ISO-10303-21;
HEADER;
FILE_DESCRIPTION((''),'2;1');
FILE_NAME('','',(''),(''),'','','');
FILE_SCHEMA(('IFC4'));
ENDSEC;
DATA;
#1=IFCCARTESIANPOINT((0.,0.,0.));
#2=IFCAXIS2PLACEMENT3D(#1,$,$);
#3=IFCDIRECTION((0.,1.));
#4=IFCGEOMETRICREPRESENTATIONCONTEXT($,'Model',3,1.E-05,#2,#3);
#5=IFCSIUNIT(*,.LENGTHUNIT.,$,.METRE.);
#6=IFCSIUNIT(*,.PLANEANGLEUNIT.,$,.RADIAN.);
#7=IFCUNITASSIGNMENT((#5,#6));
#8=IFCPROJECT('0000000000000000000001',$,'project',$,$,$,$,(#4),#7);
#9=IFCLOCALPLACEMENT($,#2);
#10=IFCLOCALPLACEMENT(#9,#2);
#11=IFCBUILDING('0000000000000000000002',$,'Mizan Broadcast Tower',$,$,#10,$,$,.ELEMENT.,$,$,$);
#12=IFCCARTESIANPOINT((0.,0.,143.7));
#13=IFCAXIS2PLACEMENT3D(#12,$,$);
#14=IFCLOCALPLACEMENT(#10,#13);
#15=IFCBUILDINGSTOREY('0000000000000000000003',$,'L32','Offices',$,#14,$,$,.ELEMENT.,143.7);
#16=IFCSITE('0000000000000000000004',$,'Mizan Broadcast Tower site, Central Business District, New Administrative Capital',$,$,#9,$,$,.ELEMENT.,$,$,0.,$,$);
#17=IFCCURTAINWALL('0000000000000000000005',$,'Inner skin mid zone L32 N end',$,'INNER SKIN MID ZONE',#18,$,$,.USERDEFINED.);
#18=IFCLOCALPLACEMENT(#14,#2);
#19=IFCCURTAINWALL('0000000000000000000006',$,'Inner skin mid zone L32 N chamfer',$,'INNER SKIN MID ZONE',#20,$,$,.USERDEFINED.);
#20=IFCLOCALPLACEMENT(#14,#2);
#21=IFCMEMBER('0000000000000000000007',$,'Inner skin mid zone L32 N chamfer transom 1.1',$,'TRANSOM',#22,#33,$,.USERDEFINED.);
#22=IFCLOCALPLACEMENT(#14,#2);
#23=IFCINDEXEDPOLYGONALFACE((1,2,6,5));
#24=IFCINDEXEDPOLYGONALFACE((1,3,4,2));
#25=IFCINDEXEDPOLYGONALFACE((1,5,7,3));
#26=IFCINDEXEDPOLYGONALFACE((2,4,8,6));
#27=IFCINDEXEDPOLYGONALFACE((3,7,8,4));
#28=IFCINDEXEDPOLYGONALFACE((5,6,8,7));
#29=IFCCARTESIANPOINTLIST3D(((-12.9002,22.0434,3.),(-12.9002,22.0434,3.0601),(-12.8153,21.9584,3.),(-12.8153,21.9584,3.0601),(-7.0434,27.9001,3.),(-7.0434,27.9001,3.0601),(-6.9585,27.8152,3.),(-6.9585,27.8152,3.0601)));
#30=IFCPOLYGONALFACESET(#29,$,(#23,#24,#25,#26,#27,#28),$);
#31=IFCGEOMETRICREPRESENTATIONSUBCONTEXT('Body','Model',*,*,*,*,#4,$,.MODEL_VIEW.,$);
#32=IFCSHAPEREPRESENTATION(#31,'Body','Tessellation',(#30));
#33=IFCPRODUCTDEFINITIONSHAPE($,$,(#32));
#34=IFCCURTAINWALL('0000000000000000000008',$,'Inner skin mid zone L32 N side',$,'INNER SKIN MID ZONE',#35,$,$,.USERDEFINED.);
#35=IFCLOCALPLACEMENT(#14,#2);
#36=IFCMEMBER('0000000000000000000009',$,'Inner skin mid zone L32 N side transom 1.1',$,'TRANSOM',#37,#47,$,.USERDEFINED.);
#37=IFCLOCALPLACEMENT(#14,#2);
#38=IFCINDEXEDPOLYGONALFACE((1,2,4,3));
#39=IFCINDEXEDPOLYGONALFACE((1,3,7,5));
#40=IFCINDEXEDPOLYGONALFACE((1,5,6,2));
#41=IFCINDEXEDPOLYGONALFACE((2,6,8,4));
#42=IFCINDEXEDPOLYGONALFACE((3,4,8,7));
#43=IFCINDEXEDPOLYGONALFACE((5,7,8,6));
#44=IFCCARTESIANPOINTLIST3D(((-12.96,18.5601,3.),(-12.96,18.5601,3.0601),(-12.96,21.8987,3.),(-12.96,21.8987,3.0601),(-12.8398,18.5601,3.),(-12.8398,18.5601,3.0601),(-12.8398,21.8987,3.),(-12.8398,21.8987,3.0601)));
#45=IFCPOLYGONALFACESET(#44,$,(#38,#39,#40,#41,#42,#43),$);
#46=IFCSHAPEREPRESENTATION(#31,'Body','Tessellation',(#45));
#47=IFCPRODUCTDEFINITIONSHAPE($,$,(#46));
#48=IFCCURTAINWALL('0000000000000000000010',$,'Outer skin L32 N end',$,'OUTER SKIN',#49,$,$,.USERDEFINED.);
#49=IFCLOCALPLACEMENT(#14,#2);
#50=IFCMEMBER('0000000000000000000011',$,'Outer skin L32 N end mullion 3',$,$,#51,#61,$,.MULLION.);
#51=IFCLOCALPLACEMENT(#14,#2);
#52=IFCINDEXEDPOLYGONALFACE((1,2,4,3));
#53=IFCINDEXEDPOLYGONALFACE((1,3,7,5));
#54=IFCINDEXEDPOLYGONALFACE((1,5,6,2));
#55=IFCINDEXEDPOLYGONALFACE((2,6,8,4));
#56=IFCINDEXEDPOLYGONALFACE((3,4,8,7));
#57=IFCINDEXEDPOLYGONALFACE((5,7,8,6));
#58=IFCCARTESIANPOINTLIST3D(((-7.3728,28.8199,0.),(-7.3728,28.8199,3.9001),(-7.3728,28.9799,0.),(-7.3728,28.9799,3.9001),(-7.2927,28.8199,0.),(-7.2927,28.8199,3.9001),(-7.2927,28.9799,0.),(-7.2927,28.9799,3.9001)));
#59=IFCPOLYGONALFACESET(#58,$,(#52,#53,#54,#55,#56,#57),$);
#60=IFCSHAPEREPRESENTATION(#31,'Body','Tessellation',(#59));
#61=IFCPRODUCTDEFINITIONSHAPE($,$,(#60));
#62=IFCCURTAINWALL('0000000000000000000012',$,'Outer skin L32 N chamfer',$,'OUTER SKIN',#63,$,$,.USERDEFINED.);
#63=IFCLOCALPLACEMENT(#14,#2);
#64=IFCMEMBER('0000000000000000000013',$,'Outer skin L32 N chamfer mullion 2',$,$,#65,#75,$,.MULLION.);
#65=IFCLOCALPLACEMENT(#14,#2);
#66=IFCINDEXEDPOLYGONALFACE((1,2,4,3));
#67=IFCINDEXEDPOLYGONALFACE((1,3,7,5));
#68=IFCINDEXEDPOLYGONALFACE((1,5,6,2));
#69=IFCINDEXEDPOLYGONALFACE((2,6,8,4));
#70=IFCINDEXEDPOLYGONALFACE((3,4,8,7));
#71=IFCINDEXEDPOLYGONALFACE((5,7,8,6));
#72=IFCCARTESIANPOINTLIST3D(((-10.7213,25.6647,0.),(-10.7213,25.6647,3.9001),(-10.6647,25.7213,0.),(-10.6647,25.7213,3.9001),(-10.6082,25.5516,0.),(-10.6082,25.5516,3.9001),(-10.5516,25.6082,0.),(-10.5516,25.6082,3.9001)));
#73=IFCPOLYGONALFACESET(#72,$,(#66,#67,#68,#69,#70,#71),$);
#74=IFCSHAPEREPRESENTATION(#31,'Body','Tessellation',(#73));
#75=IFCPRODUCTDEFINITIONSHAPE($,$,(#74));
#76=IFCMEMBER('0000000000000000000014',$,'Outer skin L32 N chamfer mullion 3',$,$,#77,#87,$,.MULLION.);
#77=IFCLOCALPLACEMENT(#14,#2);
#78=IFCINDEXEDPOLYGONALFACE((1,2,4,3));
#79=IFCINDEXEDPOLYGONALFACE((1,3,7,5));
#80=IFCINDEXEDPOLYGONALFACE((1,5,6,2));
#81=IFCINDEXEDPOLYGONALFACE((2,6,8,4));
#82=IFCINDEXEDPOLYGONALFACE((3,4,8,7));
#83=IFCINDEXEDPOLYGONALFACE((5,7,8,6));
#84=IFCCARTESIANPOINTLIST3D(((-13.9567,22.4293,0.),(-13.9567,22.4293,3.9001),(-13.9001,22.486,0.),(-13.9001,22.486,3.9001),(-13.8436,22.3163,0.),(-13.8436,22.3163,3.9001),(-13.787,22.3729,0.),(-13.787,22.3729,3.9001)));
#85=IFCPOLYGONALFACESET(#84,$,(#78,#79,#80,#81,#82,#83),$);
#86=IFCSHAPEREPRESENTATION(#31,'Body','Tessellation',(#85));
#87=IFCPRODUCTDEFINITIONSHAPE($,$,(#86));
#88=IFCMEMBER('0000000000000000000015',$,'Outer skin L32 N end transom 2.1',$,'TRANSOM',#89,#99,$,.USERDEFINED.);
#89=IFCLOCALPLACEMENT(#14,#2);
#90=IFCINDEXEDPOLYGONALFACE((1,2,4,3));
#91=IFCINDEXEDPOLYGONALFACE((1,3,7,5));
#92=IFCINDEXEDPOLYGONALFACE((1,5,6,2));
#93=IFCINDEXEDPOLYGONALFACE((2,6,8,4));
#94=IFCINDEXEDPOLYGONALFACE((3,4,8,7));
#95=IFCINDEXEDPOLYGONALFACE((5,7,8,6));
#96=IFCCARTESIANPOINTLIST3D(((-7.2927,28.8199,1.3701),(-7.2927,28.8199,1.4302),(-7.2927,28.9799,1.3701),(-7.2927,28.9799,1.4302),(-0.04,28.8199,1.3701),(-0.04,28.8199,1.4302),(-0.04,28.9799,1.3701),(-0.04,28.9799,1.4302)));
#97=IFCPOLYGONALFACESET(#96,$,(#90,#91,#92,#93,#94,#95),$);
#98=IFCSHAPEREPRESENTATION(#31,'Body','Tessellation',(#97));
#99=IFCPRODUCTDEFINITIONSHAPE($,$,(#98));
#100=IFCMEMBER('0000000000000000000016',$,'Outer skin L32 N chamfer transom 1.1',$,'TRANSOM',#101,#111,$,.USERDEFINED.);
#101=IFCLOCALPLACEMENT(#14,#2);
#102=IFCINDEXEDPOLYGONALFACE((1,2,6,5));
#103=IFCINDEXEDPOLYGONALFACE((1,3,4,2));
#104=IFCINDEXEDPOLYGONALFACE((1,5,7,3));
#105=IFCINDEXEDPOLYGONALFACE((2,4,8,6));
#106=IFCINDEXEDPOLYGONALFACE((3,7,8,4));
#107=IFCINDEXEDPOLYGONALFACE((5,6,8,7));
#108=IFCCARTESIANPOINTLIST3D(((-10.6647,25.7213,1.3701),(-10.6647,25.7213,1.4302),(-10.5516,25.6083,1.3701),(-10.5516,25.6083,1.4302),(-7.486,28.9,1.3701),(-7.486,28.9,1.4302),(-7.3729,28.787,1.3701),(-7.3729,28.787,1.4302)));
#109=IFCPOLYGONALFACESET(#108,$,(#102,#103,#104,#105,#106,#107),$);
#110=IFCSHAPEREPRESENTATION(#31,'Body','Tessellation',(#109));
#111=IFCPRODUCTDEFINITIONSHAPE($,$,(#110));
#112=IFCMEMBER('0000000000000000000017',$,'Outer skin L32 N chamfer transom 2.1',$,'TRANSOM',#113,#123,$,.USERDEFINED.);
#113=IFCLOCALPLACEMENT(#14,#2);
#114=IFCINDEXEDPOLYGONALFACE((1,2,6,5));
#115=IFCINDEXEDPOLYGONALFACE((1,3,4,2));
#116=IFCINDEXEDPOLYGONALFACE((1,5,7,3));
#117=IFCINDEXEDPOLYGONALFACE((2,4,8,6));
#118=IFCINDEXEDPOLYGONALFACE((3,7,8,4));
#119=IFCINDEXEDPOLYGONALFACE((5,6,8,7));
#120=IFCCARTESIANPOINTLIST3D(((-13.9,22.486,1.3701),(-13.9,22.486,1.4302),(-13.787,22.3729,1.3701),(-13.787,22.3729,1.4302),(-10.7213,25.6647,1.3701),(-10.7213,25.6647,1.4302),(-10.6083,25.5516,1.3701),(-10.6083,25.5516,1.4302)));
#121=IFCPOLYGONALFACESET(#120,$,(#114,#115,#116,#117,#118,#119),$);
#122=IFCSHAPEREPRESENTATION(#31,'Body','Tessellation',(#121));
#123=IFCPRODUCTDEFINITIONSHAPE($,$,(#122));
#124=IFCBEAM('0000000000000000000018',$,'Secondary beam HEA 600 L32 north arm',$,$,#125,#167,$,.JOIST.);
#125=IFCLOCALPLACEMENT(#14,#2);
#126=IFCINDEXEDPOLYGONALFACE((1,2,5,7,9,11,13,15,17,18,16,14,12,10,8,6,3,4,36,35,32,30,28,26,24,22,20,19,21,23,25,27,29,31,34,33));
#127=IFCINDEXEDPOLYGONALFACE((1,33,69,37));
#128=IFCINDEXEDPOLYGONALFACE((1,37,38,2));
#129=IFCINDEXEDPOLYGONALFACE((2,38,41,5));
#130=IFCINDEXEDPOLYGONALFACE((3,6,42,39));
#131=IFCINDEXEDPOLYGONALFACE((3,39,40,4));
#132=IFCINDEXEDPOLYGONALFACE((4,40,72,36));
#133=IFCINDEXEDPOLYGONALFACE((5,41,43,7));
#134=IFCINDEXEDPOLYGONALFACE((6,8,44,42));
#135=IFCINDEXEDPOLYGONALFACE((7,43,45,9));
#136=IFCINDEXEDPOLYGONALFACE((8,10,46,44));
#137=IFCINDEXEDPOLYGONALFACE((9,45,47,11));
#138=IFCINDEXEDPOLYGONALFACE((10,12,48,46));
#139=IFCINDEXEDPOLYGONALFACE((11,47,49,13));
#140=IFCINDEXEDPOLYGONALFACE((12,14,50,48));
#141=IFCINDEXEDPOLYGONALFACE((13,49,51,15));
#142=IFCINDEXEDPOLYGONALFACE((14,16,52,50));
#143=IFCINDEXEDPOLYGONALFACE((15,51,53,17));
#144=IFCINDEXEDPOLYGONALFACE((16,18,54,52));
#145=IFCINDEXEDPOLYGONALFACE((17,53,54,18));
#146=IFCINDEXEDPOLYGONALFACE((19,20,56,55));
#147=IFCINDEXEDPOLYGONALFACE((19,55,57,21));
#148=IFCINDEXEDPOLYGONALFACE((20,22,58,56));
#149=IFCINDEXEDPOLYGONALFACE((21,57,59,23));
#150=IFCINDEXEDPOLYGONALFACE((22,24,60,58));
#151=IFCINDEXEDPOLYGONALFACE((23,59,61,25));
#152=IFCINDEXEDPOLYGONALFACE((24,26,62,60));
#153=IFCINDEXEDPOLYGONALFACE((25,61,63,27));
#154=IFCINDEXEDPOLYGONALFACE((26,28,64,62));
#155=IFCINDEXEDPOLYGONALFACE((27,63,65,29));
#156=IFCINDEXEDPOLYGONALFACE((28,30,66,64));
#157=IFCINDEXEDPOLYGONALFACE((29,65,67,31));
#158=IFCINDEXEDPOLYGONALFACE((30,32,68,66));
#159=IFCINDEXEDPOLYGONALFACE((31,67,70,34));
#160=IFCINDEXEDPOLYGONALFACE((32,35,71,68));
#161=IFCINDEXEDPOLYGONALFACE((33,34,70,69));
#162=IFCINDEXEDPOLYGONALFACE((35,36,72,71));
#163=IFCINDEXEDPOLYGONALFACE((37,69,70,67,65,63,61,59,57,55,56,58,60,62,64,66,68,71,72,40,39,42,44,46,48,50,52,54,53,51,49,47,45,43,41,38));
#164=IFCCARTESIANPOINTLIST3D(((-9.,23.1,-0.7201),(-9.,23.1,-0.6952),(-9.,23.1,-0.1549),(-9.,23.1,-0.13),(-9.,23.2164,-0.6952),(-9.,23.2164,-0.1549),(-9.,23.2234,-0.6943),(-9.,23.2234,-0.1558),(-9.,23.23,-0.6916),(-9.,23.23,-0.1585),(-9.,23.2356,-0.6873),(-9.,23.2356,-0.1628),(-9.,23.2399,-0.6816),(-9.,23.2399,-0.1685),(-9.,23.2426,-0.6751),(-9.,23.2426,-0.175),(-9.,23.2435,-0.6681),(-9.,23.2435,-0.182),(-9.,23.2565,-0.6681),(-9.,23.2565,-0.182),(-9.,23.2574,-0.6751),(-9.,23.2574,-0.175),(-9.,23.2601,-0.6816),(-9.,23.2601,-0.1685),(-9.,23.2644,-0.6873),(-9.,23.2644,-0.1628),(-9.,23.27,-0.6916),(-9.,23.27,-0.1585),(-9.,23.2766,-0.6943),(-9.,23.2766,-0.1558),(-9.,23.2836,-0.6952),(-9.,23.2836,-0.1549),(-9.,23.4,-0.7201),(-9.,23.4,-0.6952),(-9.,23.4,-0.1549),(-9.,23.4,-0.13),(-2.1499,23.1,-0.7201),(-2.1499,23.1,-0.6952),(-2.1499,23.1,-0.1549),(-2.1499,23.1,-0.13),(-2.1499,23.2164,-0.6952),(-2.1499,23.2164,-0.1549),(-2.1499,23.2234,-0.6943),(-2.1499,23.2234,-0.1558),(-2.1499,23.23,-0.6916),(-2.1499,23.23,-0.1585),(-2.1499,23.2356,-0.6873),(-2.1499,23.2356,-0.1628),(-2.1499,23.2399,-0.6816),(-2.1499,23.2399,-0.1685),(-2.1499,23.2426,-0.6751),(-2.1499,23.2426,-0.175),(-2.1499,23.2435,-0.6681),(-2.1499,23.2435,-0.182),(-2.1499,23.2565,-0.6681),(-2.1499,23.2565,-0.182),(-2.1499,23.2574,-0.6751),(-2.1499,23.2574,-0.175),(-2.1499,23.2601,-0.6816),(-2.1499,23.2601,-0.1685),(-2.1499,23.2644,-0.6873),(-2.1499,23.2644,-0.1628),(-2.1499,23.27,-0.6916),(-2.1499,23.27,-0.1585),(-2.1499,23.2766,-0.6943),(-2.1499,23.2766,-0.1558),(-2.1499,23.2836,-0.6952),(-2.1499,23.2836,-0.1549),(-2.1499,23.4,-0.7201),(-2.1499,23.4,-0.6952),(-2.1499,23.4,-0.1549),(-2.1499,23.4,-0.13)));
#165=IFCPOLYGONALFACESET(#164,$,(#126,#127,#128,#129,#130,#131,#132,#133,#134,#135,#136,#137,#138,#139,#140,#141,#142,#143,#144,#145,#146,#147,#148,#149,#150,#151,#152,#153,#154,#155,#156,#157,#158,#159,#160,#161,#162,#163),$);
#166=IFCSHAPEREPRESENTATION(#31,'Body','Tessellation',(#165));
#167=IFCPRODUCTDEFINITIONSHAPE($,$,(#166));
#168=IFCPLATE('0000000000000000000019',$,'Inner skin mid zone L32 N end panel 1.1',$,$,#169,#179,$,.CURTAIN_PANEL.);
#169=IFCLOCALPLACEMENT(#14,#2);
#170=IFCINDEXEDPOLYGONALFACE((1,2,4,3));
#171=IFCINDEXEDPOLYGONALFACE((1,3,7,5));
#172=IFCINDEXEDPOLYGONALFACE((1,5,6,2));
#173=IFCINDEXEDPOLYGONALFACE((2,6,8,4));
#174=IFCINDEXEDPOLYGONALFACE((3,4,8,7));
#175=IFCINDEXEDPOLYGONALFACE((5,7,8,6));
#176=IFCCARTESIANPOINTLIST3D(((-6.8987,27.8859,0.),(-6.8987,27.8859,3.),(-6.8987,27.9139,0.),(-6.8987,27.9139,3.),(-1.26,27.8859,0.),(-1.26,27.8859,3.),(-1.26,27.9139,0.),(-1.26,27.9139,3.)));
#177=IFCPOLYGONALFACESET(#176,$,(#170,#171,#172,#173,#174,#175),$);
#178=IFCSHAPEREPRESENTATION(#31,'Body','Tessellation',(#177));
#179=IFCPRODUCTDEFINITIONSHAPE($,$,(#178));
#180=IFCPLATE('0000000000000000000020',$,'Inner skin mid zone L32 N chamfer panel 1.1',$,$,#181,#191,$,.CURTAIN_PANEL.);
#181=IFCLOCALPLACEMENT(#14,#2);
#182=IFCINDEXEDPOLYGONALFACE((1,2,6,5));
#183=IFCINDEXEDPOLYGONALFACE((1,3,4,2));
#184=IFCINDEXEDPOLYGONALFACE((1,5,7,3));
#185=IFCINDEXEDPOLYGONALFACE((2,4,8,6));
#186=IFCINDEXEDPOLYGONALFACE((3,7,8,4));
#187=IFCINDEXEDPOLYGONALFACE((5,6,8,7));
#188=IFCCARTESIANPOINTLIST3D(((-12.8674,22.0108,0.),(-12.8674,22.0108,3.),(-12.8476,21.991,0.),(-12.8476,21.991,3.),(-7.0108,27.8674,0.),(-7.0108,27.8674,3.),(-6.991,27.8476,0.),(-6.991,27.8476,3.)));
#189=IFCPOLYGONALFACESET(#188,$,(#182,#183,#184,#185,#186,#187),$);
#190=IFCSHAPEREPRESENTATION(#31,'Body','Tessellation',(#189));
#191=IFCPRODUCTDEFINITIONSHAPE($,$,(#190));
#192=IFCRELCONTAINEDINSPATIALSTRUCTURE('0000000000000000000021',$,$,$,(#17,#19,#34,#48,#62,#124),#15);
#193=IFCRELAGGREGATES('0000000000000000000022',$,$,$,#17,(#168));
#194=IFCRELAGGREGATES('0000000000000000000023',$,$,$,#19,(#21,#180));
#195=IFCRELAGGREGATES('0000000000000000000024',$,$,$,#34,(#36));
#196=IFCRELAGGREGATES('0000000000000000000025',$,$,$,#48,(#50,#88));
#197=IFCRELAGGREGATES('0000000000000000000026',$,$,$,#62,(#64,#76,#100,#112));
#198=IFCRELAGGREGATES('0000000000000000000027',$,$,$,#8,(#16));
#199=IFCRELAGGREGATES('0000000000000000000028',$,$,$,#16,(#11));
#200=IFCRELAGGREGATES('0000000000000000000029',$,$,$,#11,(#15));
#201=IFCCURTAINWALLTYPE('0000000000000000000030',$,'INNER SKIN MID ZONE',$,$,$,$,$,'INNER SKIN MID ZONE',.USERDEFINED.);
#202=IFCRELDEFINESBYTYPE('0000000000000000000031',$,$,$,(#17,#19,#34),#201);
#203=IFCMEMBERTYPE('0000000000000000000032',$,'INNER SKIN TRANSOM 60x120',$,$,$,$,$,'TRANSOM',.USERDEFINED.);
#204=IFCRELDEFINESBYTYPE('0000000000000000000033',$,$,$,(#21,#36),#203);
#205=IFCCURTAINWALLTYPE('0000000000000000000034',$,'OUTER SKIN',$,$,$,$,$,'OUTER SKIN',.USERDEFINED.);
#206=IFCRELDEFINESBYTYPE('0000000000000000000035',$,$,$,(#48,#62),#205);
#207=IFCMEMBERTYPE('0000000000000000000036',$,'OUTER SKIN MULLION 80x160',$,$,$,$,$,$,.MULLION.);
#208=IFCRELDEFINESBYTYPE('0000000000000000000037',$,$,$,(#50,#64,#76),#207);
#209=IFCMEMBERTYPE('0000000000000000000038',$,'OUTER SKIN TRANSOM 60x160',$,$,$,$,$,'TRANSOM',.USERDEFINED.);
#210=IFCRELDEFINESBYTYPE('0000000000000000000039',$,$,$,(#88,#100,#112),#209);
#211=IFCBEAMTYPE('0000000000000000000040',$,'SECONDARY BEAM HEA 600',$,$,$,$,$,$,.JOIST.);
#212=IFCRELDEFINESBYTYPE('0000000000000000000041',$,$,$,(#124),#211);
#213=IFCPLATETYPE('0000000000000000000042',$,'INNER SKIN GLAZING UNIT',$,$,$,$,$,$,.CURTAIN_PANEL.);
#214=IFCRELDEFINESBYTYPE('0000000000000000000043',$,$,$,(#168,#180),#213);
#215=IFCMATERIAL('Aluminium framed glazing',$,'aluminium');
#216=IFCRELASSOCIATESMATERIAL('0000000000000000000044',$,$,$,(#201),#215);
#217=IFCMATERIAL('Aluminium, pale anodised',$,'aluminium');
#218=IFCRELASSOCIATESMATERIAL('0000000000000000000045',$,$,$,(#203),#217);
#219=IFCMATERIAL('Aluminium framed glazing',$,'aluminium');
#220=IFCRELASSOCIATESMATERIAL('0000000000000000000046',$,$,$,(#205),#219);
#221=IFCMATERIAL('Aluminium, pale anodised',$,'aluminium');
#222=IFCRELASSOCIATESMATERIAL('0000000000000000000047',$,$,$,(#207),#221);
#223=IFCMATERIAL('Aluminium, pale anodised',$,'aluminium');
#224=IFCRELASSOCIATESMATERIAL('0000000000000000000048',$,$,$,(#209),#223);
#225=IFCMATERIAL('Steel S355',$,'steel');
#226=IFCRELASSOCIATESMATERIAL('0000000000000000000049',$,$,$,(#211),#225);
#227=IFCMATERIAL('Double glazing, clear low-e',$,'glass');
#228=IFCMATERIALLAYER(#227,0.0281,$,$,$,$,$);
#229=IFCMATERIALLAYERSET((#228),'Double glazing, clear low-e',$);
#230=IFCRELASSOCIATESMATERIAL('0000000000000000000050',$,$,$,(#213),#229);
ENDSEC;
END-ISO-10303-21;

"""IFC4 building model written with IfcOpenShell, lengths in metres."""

from ifc_helpers import new_model, si_unit, direction, frame, origin, origin_2d, place, context, subcontext, project, spatial, rectangle, i_section, extrude, material, layer, layer_set, material_profile, profile_set, type_object, element, aggregate, save


model = new_model("IFC4")

# Units and contexts
model_context = context("Model", 3, precision=1e-05, world=origin(), true_north=direction((0.0, 1.0)))
body_context = subcontext(model_context, "Body", "Model", "MODEL_VIEW")
ifc_project = project(units=[si_unit("LENGTHUNIT", "METRE"), si_unit("PLANEANGLEUNIT", "RADIAN")], contexts=[model_context])

# Site, building, storey
site_placement = place(None, origin())
site = spatial("IfcSite", under=ifc_project, at=site_placement, Name="Mizan Broadcast Tower site, Central Business District, New Administrative Capital", CompositionType="ELEMENT", RefElevation=0.0)
building_placement = place(site_placement, origin())
building = spatial("IfcBuilding", under=site, at=building_placement, Name="Mizan Broadcast Tower", CompositionType="ELEMENT")
storey_placement = place(building_placement, frame((0.0, 0.0, 143.7)))
storey = spatial("IfcBuildingStorey", under=building, at=storey_placement, Name="L32", Description="Offices", CompositionType="ELEMENT", Elevation=143.7)

# Curtain wall
ifc_material_1 = material(Name="Aluminium framed glazing", Category="aluminium")
curtain_wall_type_1 = type_object("IfcCurtainWallType", Name="INNER SKIN MID ZONE", ElementType="INNER SKIN MID ZONE", PredefinedType="USERDEFINED", material=ifc_material_1)
curtain_wall_1_placement = place(storey_placement, origin())
curtain_wall_1 = element("IfcCurtainWall", 1, at=curtain_wall_1_placement, inside=storey, type_object=curtain_wall_type_1, Name="Inner skin mid zone L32 N end", ObjectType="INNER SKIN MID ZONE", PredefinedType="USERDEFINED")

# Curtain wall
curtain_wall_2_placement = place(storey_placement, origin())
curtain_wall_2 = element("IfcCurtainWall", 2, at=curtain_wall_2_placement, inside=storey, type_object=curtain_wall_type_1, Name="Inner skin mid zone L32 N chamfer", ObjectType="INNER SKIN MID ZONE", PredefinedType="USERDEFINED")

# Member
ifc_material_2 = material(Name="Aluminium, pale anodised", Category="aluminium")
ifc_material_profile_1 = material_profile(ifc_material_2, rectangle(XDim=0.1201, YDim=0.0601, at=origin_2d()), Name="TRANSOM 120x60")
ifc_profile_set_1 = profile_set([ifc_material_profile_1], Name="Aluminium, pale anodised")
member_type_1 = type_object("IfcMemberType", Name="INNER SKIN TRANSOM 60x120", ElementType="TRANSOM", PredefinedType="USERDEFINED", material=ifc_profile_set_1)
member_1_placement = place(storey_placement, frame((-7.001, 27.8577, 3.03), z_axis=(-0.707107, -0.707107, 0.0), x_axis=(0.707107, -0.707107, 0.0)))
member_1 = element("IfcMember", 3, at=member_1_placement, type_object=member_type_1, Name="Inner skin mid zone L32 N chamfer transom 1.1", ObjectType="TRANSOM", PredefinedType="USERDEFINED", context=body_context, shape_type="SweptSolid", body=[
    extrude(rectangle(XDim=0.1201, YDim=0.0601, at=origin_2d()), origin(), (0.0, 0.0, 1.0), 8.2827),
])

# Curtain walls, members
curtain_wall_3_placement = place(storey_placement, origin())
curtain_wall_3 = element("IfcCurtainWall", 4, at=curtain_wall_3_placement, inside=storey, type_object=curtain_wall_type_1, Name="Inner skin mid zone L32 N side", ObjectType="INNER SKIN MID ZONE", PredefinedType="USERDEFINED")
member_2_placement = place(storey_placement, frame((-12.8999, 21.8987, 3.03), z_axis=(0.0, -1.0, 0.0), x_axis=(1.0, 0.0, 0.0)))
member_2 = element("IfcMember", 5, at=member_2_placement, type_object=member_type_1, Name="Inner skin mid zone L32 N side transom 1.1", ObjectType="TRANSOM", PredefinedType="USERDEFINED", context=body_context, shape_type="SweptSolid", body=[
    extrude(rectangle(XDim=0.1201, YDim=0.0601, at=origin_2d()), origin(), (0.0, 0.0, 1.0), 3.3386),
])
ifc_material_3 = material(Name="Aluminium framed glazing", Category="aluminium")
curtain_wall_type_2 = type_object("IfcCurtainWallType", Name="OUTER SKIN", ElementType="OUTER SKIN", PredefinedType="USERDEFINED", material=ifc_material_3)
curtain_wall_4_placement = place(storey_placement, origin())
curtain_wall_4 = element("IfcCurtainWall", 6, at=curtain_wall_4_placement, inside=storey, type_object=curtain_wall_type_2, Name="Outer skin L32 N end", ObjectType="OUTER SKIN", PredefinedType="USERDEFINED")
ifc_material_4 = material(Name="Aluminium, pale anodised", Category="aluminium")
ifc_material_profile_2 = material_profile(ifc_material_4, rectangle(XDim=0.1599, YDim=0.0801, at=origin_2d()), Name="MULLION 160x80")
ifc_profile_set_2 = profile_set([ifc_material_profile_2], Name="Aluminium, pale anodised")
member_type_2 = type_object("IfcMemberType", Name="OUTER SKIN MULLION 80x160", PredefinedType="MULLION", material=ifc_profile_set_2)
member_3_placement = place(storey_placement, frame((-7.3328, 28.8999, 0.0), z_axis=(0.0, 0.0, 1.0), x_axis=(0.0, -1.0, 0.0)))
member_3 = element("IfcMember", 7, at=member_3_placement, type_object=member_type_2, Name="Outer skin L32 N end mullion 3", PredefinedType="MULLION", context=body_context, shape_type="SweptSolid", body=[
    extrude(rectangle(XDim=0.1599, YDim=0.0801, at=origin_2d()), origin(), (0.0, 0.0, 1.0), 3.9001),
])

# Curtain wall, members
curtain_wall_5_placement = place(storey_placement, origin())
curtain_wall_5 = element("IfcCurtainWall", 8, at=curtain_wall_5_placement, inside=storey, type_object=curtain_wall_type_2, Name="Outer skin L32 N chamfer", ObjectType="OUTER SKIN", PredefinedType="USERDEFINED")
member_4_placement = place(storey_placement, frame((-10.6365, 25.6365, 0.0), z_axis=(0.0, 0.0, 1.0), x_axis=(0.707107, -0.707107, 0.0)))
member_4 = element("IfcMember", 9, at=member_4_placement, type_object=member_type_2, Name="Outer skin L32 N chamfer mullion 2", PredefinedType="MULLION", context=body_context, shape_type="SweptSolid", body=[
    extrude(rectangle(XDim=0.1599, YDim=0.0801, at=origin_2d()), origin(), (0.0, 0.0, 1.0), 3.9001),
])
member_5_placement = place(storey_placement, frame((-13.8718, 22.4011, 0.0), z_axis=(0.0, 0.0, 1.0), x_axis=(0.707107, -0.707107, 0.0)))
member_5 = element("IfcMember", 10, at=member_5_placement, type_object=member_type_2, Name="Outer skin L32 N chamfer mullion 3", PredefinedType="MULLION", context=body_context, shape_type="SweptSolid", body=[
    extrude(rectangle(XDim=0.1599, YDim=0.0801, at=origin_2d()), origin(), (0.0, 0.0, 1.0), 3.9001),
])

# Members
ifc_material_5 = material(Name="Aluminium, pale anodised", Category="aluminium")
ifc_material_profile_3 = material_profile(ifc_material_5, rectangle(XDim=0.1599, YDim=0.0601, at=origin_2d()), Name="TRANSOM 160x60")
ifc_profile_set_3 = profile_set([ifc_material_profile_3], Name="Aluminium, pale anodised")
member_type_3 = type_object("IfcMemberType", Name="OUTER SKIN TRANSOM 60x160", ElementType="TRANSOM", PredefinedType="USERDEFINED", material=ifc_profile_set_3)
member_6_placement = place(storey_placement, frame((-0.04, 28.8999, 1.4001), z_axis=(-1.0, 0.0, 0.0), x_axis=(0.0, -1.0, 0.0)))
member_6 = element("IfcMember", 11, at=member_6_placement, type_object=member_type_3, Name="Outer skin L32 N end transom 2.1", ObjectType="TRANSOM", PredefinedType="USERDEFINED", context=body_context, shape_type="SweptSolid", body=[
    extrude(rectangle(XDim=0.1599, YDim=0.0601, at=origin_2d()), origin(), (0.0, 0.0, 1.0), 7.2527),
])
member_7_placement = place(storey_placement, frame((-7.4294, 28.8435, 1.4001), z_axis=(-0.707107, -0.707107, 0.0), x_axis=(0.707107, -0.707107, 0.0)))
member_7 = element("IfcMember", 12, at=member_7_placement, type_object=member_type_3, Name="Outer skin L32 N chamfer transom 1.1", ObjectType="TRANSOM", PredefinedType="USERDEFINED", context=body_context, shape_type="SweptSolid", body=[
    extrude(rectangle(XDim=0.1599, YDim=0.0601, at=origin_2d()), origin(), (0.0, 0.0, 1.0), 4.4954),
])
member_8_placement = place(storey_placement, frame((-10.6648, 25.6082, 1.4001), z_axis=(-0.707107, -0.707107, 0.0), x_axis=(0.707107, -0.707107, 0.0)))
member_8 = element("IfcMember", 13, at=member_8_placement, type_object=member_type_3, Name="Outer skin L32 N chamfer transom 2.1", ObjectType="TRANSOM", PredefinedType="USERDEFINED", context=body_context, shape_type="SweptSolid", body=[
    extrude(rectangle(XDim=0.1599, YDim=0.0601, at=origin_2d()), origin(), (0.0, 0.0, 1.0), 4.4954),
])

# Beam
ifc_material_6 = material(Name="Steel S355", Category="steel")
ifc_material_profile_4 = material_profile(ifc_material_6, i_section(OverallWidth=0.3, OverallDepth=0.5901, WebThickness=0.0129, FlangeThickness=0.0249, FilletRadius=0.0271, at=origin_2d()), Name="HEA 600")
ifc_profile_set_4 = profile_set([ifc_material_profile_4], Name="Steel S355")
beam_type_1 = type_object("IfcBeamType", Name="SECONDARY BEAM HEA 600", PredefinedType="JOIST", material=ifc_profile_set_4)
beam_1_placement = place(storey_placement, frame((-9.0, 23.25, -0.425), z_axis=(1.0, 0.0, 0.0), x_axis=(0.0, 1.0, 0.0)))
element("IfcBeam", 14, at=beam_1_placement, inside=storey, type_object=beam_type_1, Name="Secondary beam HEA 600 L32 north arm", PredefinedType="JOIST", context=body_context, shape_type="SweptSolid", body=[
    extrude(i_section(OverallWidth=0.3, OverallDepth=0.5901, WebThickness=0.0129, FlangeThickness=0.0249, FilletRadius=0.0271, at=origin_2d()), origin(), (0.0, 0.0, 1.0), 6.8501),
])

# Plates
ifc_material_7 = material(Name="Double glazing, clear low-e", Category="glass")
ifc_layer_1 = layer(ifc_material_7, 0.0281)
ifc_layer_set_1 = layer_set([ifc_layer_1], Name="Double glazing, clear low-e")
plate_type_1 = type_object("IfcPlateType", Name="INNER SKIN GLAZING UNIT", PredefinedType="CURTAIN_PANEL", material=ifc_layer_set_1)
plate_1_placement = place(storey_placement, frame((-4.0793, 27.8999, 0.0), z_axis=(0.0, 0.0, 1.0), x_axis=(-1.0, 0.0, 0.0)))
plate_1 = element("IfcPlate", 15, at=plate_1_placement, type_object=plate_type_1, Name="Inner skin mid zone L32 N end panel 1.1", PredefinedType="CURTAIN_PANEL", context=body_context, shape_type="SweptSolid", body=[
    extrude(rectangle(XDim=5.6387, YDim=0.0281, at=origin_2d()), origin(), (0.0, 0.0, 1.0), 3.0),
])
plate_2_placement = place(storey_placement, frame((-9.9292, 24.9292, 0.0), z_axis=(0.0, 0.0, 1.0), x_axis=(-0.707107, -0.707107, 0.0)))
plate_2 = element("IfcPlate", 16, at=plate_2_placement, type_object=plate_type_1, Name="Inner skin mid zone L32 N chamfer panel 1.1", PredefinedType="CURTAIN_PANEL", context=body_context, shape_type="SweptSolid", body=[
    extrude(rectangle(XDim=8.2825, YDim=0.0281, at=origin_2d()), origin(), (0.0, 0.0, 1.0), 3.0),
])
aggregate(curtain_wall_1, [plate_1])
aggregate(curtain_wall_2, [member_1, plate_2])
aggregate(curtain_wall_3, [member_2])
aggregate(curtain_wall_4, [member_3, member_6])
aggregate(curtain_wall_5, [member_4, member_5, member_7, member_8])

save(model, "model.ifc")
